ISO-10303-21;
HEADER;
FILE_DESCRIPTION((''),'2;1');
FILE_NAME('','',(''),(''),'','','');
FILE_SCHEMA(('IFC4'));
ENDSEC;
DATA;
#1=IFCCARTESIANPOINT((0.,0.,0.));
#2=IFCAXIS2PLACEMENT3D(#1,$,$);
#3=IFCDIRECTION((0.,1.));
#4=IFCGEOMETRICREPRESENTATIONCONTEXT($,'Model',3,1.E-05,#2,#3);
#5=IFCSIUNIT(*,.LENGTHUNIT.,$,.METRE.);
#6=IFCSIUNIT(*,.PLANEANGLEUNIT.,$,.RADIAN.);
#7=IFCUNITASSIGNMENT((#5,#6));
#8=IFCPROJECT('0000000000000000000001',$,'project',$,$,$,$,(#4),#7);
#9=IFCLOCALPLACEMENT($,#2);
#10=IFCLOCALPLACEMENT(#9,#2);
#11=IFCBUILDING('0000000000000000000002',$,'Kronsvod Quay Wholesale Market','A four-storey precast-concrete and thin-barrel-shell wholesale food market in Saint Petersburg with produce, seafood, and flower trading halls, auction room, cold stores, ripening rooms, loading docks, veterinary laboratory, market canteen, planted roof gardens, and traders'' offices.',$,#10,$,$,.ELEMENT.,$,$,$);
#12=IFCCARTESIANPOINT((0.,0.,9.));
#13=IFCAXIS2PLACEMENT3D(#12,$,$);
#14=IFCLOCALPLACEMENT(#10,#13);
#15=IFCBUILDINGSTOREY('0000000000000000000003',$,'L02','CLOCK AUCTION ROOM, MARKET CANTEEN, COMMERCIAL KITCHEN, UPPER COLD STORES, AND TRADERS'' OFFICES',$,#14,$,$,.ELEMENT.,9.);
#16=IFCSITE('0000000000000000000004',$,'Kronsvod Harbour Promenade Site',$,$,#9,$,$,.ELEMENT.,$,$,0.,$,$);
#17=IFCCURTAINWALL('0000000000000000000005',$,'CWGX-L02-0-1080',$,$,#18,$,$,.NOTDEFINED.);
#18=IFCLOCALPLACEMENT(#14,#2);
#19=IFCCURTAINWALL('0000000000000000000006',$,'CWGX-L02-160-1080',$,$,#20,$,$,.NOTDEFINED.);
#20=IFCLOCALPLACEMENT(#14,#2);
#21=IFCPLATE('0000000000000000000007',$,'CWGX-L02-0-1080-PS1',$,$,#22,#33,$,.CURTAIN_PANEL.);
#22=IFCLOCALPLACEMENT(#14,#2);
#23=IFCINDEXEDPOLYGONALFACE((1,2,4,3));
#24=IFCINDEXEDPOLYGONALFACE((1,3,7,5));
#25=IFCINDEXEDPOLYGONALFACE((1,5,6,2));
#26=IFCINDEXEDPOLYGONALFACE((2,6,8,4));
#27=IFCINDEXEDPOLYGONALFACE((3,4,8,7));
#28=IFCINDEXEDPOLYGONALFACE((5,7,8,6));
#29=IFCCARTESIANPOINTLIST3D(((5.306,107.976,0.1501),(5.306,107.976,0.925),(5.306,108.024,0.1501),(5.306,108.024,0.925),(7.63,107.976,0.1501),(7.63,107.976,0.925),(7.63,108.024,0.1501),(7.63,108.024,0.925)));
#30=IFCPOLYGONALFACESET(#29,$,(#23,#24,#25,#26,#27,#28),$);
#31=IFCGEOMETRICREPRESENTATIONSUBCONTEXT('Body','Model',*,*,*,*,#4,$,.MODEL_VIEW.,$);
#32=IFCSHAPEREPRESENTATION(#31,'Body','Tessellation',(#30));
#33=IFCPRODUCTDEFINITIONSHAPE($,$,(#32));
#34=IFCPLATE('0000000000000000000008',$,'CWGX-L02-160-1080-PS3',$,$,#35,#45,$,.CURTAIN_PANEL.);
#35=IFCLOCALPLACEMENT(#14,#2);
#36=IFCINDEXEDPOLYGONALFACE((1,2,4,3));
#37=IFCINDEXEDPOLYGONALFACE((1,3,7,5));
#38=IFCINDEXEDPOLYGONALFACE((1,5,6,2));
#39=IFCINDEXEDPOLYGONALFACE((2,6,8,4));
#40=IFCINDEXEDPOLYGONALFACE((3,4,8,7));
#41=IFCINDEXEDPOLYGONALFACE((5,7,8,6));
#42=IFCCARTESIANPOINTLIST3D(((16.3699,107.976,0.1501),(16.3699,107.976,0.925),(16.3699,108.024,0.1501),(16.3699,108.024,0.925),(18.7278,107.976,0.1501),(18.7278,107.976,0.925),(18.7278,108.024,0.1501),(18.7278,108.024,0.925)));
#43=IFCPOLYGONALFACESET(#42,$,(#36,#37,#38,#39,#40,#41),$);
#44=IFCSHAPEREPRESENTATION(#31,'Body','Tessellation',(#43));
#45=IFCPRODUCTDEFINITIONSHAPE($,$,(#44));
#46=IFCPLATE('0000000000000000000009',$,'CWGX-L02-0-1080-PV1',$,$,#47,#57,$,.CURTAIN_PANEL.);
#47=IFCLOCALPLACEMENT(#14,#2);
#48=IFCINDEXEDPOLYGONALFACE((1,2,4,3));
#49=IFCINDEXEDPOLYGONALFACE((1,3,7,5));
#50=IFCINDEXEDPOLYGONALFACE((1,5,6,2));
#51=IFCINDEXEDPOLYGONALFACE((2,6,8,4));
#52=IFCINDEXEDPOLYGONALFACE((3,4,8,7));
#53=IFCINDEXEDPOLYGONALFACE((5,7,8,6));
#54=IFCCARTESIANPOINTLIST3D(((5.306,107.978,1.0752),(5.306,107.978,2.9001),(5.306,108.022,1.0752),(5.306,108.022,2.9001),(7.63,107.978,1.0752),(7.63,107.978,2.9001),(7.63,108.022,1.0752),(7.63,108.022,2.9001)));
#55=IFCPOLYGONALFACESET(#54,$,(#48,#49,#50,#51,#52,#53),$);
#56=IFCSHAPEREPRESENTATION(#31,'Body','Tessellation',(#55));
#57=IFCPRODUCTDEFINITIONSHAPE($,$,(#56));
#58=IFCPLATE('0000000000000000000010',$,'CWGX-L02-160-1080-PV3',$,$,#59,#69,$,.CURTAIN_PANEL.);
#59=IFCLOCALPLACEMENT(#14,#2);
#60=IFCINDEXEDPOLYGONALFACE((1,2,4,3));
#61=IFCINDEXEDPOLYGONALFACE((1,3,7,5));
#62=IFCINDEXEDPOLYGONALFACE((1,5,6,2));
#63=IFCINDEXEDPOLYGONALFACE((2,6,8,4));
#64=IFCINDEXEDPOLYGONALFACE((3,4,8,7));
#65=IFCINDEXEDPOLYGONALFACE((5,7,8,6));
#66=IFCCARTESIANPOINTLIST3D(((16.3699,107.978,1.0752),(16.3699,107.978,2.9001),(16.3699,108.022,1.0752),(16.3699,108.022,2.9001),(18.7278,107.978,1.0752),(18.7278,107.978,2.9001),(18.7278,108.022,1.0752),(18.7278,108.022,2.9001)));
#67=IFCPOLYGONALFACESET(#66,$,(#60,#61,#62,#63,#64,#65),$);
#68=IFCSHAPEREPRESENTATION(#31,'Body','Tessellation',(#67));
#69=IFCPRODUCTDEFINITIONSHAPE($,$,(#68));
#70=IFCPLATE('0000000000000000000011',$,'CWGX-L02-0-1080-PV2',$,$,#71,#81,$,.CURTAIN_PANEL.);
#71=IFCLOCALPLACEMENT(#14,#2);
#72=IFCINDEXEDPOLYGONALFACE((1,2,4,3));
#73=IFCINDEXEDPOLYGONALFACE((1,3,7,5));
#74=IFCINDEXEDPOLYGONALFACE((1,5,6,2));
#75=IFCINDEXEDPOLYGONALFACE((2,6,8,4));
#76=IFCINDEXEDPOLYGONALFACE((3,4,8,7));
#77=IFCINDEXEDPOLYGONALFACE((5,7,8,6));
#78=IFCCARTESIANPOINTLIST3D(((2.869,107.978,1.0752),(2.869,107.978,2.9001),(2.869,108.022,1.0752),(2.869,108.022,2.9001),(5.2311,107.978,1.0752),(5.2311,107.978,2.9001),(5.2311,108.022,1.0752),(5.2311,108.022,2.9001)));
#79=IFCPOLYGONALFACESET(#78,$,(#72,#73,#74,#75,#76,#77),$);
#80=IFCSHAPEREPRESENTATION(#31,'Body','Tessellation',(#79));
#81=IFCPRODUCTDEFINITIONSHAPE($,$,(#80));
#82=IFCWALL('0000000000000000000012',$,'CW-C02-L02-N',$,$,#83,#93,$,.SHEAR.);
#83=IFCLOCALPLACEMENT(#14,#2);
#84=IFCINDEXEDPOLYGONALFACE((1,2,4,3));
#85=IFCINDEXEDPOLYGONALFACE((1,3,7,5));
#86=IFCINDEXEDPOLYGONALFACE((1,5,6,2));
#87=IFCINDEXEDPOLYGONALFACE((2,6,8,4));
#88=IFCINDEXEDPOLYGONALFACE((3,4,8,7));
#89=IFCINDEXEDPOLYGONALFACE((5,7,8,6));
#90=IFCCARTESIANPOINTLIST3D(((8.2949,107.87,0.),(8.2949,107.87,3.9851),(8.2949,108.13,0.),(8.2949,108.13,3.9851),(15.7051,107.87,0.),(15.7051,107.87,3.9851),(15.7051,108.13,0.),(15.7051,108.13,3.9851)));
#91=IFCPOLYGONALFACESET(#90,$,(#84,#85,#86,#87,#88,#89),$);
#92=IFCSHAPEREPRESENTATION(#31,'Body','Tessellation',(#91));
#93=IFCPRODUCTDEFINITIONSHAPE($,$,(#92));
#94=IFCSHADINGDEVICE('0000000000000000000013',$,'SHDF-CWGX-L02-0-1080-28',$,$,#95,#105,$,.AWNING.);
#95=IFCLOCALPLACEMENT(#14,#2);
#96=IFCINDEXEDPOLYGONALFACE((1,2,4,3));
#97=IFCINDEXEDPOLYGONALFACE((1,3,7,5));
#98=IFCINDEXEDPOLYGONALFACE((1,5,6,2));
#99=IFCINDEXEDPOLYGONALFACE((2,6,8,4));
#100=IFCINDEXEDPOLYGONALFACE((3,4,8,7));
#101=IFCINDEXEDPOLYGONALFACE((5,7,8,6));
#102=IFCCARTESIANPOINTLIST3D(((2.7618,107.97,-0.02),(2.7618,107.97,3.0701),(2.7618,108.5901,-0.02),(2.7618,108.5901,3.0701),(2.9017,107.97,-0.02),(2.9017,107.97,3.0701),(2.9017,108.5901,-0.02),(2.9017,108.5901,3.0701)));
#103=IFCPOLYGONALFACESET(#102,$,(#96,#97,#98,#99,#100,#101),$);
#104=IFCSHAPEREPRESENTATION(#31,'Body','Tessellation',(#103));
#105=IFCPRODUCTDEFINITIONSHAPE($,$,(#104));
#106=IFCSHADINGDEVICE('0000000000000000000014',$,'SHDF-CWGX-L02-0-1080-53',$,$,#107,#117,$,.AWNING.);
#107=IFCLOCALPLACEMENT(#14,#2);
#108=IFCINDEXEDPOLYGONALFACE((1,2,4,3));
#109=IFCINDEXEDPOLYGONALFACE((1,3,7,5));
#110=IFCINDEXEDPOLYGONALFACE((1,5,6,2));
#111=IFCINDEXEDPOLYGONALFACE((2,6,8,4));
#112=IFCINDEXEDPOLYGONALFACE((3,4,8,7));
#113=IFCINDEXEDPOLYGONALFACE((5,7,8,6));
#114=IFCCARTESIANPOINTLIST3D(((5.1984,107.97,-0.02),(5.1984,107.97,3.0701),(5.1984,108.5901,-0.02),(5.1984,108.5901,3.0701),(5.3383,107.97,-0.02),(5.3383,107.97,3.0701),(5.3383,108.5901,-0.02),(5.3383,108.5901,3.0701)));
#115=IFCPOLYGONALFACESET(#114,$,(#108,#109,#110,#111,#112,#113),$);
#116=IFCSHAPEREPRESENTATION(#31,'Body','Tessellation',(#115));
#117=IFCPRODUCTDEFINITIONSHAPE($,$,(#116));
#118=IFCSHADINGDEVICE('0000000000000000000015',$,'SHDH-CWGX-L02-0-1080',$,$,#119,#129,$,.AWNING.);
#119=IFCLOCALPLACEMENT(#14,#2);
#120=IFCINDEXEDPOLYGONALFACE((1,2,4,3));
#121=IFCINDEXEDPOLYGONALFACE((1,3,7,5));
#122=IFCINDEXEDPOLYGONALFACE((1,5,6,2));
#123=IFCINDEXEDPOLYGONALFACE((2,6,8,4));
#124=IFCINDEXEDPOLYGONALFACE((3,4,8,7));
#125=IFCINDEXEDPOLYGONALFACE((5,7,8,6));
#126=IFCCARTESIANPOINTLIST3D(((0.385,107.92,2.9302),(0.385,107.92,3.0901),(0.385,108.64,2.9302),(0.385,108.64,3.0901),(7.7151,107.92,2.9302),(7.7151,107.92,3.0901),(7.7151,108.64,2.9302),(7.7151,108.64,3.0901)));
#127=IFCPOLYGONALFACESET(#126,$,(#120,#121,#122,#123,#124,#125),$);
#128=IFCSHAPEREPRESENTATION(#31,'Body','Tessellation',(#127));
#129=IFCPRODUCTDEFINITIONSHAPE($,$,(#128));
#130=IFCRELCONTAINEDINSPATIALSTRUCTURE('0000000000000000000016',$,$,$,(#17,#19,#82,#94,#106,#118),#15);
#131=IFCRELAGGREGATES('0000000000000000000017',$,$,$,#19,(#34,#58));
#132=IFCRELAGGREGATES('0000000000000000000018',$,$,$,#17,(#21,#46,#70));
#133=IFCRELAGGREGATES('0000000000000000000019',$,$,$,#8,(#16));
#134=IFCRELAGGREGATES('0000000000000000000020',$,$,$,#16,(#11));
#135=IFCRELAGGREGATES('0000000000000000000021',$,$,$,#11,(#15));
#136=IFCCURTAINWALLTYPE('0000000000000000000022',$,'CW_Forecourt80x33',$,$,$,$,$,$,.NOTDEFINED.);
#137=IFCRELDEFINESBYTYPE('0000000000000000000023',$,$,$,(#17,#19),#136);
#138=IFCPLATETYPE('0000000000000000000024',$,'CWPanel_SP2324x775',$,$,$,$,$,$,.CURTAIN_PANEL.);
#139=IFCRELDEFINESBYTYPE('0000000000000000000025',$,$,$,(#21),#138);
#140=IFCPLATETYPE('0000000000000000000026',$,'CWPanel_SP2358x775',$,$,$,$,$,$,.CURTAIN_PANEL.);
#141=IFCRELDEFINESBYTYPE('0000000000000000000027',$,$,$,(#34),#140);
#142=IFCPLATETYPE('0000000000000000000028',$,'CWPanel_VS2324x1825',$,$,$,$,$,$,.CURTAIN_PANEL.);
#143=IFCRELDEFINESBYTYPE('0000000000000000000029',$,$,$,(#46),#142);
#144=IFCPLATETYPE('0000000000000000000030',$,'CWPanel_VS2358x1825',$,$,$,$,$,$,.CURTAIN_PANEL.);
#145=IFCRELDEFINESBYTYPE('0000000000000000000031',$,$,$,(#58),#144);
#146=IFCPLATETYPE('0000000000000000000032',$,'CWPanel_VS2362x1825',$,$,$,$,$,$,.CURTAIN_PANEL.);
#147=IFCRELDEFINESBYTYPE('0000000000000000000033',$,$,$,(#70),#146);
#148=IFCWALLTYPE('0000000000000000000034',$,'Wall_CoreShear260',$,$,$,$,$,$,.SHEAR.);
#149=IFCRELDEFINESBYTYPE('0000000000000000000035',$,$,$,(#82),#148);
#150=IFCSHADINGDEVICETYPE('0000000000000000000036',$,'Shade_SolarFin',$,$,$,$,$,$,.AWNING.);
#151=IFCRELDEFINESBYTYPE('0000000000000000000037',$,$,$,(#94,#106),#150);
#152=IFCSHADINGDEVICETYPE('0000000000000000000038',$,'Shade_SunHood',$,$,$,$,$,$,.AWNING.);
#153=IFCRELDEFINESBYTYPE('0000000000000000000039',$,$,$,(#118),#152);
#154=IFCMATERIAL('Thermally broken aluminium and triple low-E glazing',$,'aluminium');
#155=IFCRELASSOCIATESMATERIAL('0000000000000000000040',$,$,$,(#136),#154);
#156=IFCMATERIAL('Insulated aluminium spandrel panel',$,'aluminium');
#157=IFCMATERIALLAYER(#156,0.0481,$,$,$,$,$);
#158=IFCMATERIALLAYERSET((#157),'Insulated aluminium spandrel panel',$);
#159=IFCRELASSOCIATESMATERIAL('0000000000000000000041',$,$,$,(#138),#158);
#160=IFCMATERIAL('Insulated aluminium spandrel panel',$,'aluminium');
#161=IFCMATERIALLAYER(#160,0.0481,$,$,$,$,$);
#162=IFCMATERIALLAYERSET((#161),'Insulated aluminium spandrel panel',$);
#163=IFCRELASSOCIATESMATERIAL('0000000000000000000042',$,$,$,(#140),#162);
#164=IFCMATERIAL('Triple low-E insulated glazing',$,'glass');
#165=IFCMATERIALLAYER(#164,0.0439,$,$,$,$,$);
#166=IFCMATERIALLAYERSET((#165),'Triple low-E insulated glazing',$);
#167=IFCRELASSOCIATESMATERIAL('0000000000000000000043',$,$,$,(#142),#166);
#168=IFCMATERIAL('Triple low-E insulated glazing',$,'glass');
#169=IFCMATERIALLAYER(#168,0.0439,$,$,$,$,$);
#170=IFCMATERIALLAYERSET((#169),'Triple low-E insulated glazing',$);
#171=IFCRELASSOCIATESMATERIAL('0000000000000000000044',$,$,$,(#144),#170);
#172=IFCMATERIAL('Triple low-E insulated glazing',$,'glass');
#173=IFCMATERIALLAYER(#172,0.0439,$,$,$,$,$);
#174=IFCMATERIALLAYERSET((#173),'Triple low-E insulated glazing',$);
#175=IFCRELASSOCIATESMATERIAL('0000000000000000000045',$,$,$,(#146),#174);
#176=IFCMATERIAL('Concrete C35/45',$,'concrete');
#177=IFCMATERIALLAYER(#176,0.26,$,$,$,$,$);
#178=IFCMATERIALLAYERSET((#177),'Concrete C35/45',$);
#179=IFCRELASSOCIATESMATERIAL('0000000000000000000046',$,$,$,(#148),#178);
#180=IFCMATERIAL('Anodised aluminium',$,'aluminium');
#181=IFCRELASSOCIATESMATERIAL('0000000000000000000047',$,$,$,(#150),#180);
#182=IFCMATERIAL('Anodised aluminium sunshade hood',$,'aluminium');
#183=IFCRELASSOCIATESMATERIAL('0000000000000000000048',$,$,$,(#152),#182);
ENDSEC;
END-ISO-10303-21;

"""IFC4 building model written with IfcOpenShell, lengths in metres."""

from ifc_helpers import new_model, si_unit, direction, frame, frame_2d, origin, origin_2d, place, context, subcontext, project, spatial, rectangle, extrude, material, layer, layer_set, type_object, element, aggregate, save


model = new_model("IFC4")

# Units and contexts
model_context = context("Model", 3, precision=1e-05, world=origin(), true_north=direction((0.0, 1.0)))
body_context = subcontext(model_context, "Body", "Model", "MODEL_VIEW")
ifc_project = project(units=[si_unit("LENGTHUNIT", "METRE"), si_unit("PLANEANGLEUNIT", "RADIAN")], contexts=[model_context])

# Site, building, storey
site_placement = place(None, origin())
site = spatial("IfcSite", under=ifc_project, at=site_placement, Name="Kronsvod Harbour Promenade Site", CompositionType="ELEMENT", RefElevation=0.0)
building_placement = place(site_placement, origin())
building = spatial("IfcBuilding", under=site, at=building_placement, Name="Kronsvod Quay Wholesale Market", Description="A four-storey precast-concrete and thin-barrel-shell wholesale food market in Saint Petersburg with produce, seafood, and flower trading halls, auction room, cold stores, ripening rooms, loading docks, veterinary laboratory, market canteen, planted roof gardens, and traders' offices.", CompositionType="ELEMENT")
storey_placement = place(building_placement, frame((0.0, 0.0, 9.0)))
storey = spatial("IfcBuildingStorey", under=building, at=storey_placement, Name="L02", Description="CLOCK AUCTION ROOM, MARKET CANTEEN, COMMERCIAL KITCHEN, UPPER COLD STORES, AND TRADERS' OFFICES", CompositionType="ELEMENT", Elevation=9.0)

# Curtain wall
ifc_material_1 = material(Name="Thermally broken aluminium and triple low-E glazing", Category="aluminium")
curtain_wall_type = type_object("IfcCurtainWallType", Name="CW_Forecourt80x33", PredefinedType="NOTDEFINED", material=ifc_material_1)
curtain_wall_1_placement = place(storey_placement, origin())
curtain_wall_1 = element("IfcCurtainWall", 1, at=curtain_wall_1_placement, inside=storey, type_object=curtain_wall_type, Name="CWGX-L02-0-1080", PredefinedType="NOTDEFINED")

# Curtain wall
curtain_wall_2_placement = place(storey_placement, origin())
curtain_wall_2 = element("IfcCurtainWall", 2, at=curtain_wall_2_placement, inside=storey, type_object=curtain_wall_type, Name="CWGX-L02-160-1080", PredefinedType="NOTDEFINED")

# Plates
ifc_material_2 = material(Name="Insulated aluminium spandrel panel", Category="aluminium")
ifc_layer_1 = layer(ifc_material_2, 0.0481)
ifc_layer_set_1 = layer_set([ifc_layer_1], Name="Insulated aluminium spandrel panel")
plate_type_1 = type_object("IfcPlateType", Name="CWPanel_SP2324x775", PredefinedType="CURTAIN_PANEL", material=ifc_layer_set_1)
plate_1_placement = place(storey_placement, frame((6.468, 108.0, 0.1501), z_axis=(0.0, 0.0, 1.0), x_axis=(-1.0, 0.0, 0.0)))
plate_1 = element("IfcPlate", 3, at=plate_1_placement, type_object=plate_type_1, Name="CWGX-L02-0-1080-PS1", PredefinedType="CURTAIN_PANEL", context=body_context, shape_type="SweptSolid", body=[
    extrude(rectangle(XDim=2.324, YDim=0.0481, at=origin_2d()), origin(), (0.0, 0.0, 1.0), 0.7749),
])
ifc_material_3 = material(Name="Insulated aluminium spandrel panel", Category="aluminium")
ifc_layer_2 = layer(ifc_material_3, 0.0481)
ifc_layer_set_2 = layer_set([ifc_layer_2], Name="Insulated aluminium spandrel panel")
plate_type_2 = type_object("IfcPlateType", Name="CWPanel_SP2358x775", PredefinedType="CURTAIN_PANEL", material=ifc_layer_set_2)
plate_2_placement = place(storey_placement, frame((17.5488, 108.0, 0.1501), z_axis=(0.0, 0.0, 1.0), x_axis=(-1.0, 0.0, 0.0)))
plate_2 = element("IfcPlate", 4, at=plate_2_placement, type_object=plate_type_2, Name="CWGX-L02-160-1080-PS3", PredefinedType="CURTAIN_PANEL", context=body_context, shape_type="SweptSolid", body=[
    extrude(rectangle(XDim=2.3579, YDim=0.0481, at=origin_2d()), origin(), (0.0, 0.0, 1.0), 0.7749),
])
ifc_material_4 = material(Name="Triple low-E insulated glazing", Category="glass")
ifc_layer_3 = layer(ifc_material_4, 0.0439)
ifc_layer_set_3 = layer_set([ifc_layer_3], Name="Triple low-E insulated glazing")
plate_type_3 = type_object("IfcPlateType", Name="CWPanel_VS2324x1825", PredefinedType="CURTAIN_PANEL", material=ifc_layer_set_3)
plate_3_placement = place(storey_placement, frame((6.468, 108.0, 1.0752), z_axis=(0.0, 0.0, 1.0), x_axis=(-1.0, 0.0, 0.0)))
plate_3 = element("IfcPlate", 5, at=plate_3_placement, type_object=plate_type_3, Name="CWGX-L02-0-1080-PV1", PredefinedType="CURTAIN_PANEL", context=body_context, shape_type="SweptSolid", body=[
    extrude(rectangle(XDim=2.324, YDim=0.0439, at=origin_2d()), origin(), (0.0, 0.0, 1.0), 1.825),
])
ifc_material_5 = material(Name="Triple low-E insulated glazing", Category="glass")
ifc_layer_4 = layer(ifc_material_5, 0.0439)
ifc_layer_set_4 = layer_set([ifc_layer_4], Name="Triple low-E insulated glazing")
plate_type_4 = type_object("IfcPlateType", Name="CWPanel_VS2358x1825", PredefinedType="CURTAIN_PANEL", material=ifc_layer_set_4)
plate_4_placement = place(storey_placement, frame((17.5488, 108.0, 1.0752), z_axis=(0.0, 0.0, 1.0), x_axis=(-1.0, 0.0, 0.0)))
plate_4 = element("IfcPlate", 6, at=plate_4_placement, type_object=plate_type_4, Name="CWGX-L02-160-1080-PV3", PredefinedType="CURTAIN_PANEL", context=body_context, shape_type="SweptSolid", body=[
    extrude(rectangle(XDim=2.3579, YDim=0.0439, at=origin_2d()), origin(), (0.0, 0.0, 1.0), 1.825),
])
aggregate(curtain_wall_2, [plate_2, plate_4])
ifc_material_6 = material(Name="Triple low-E insulated glazing", Category="glass")
ifc_layer_5 = layer(ifc_material_6, 0.0439)
ifc_layer_set_5 = layer_set([ifc_layer_5], Name="Triple low-E insulated glazing")
plate_type_5 = type_object("IfcPlateType", Name="CWPanel_VS2362x1825", PredefinedType="CURTAIN_PANEL", material=ifc_layer_set_5)
plate_5_placement = place(storey_placement, frame((4.05, 108.0, 1.0752), z_axis=(0.0, 0.0, 1.0), x_axis=(-1.0, 0.0, 0.0)))
plate_5 = element("IfcPlate", 7, at=plate_5_placement, type_object=plate_type_5, Name="CWGX-L02-0-1080-PV2", PredefinedType="CURTAIN_PANEL", context=body_context, shape_type="SweptSolid", body=[
    extrude(rectangle(XDim=2.3621, YDim=0.0439, at=origin_2d()), origin(), (0.0, 0.0, 1.0), 1.825),
])
aggregate(curtain_wall_1, [plate_1, plate_3, plate_5])

# Wall
ifc_material_7 = material(Name="Concrete C35/45", Category="concrete")
ifc_layer_6 = layer(ifc_material_7, 0.26)
ifc_layer_set_6 = layer_set([ifc_layer_6], Name="Concrete C35/45")
wall_type = type_object("IfcWallType", Name="Wall_CoreShear260", PredefinedType="SHEAR", material=ifc_layer_set_6)
wall_placement = place(storey_placement, frame((8.2949, 108.0, 0.0), z_axis=(0.0, 0.0, 1.0), x_axis=(1.0, 0.0, 0.0)))
element("IfcWall", 8, at=wall_placement, inside=storey, type_object=wall_type, Name="CW-C02-L02-N", PredefinedType="SHEAR", context=body_context, shape_type="SweptSolid", body=[
    extrude(rectangle(XDim=7.4102, YDim=0.26, at=frame_2d((3.7051, 0.0))), origin(), (0.0, 0.0, 1.0), 3.9851),
])

# Shading devices
ifc_material_8 = material(Name="Anodised aluminium", Category="aluminium")
shading_device_type_1 = type_object("IfcShadingDeviceType", Name="Shade_SolarFin", PredefinedType="AWNING", material=ifc_material_8)
for number, where, z_axis, x_axis, name in (
    (9, (2.8318, 108.28, -0.02), (0.0, 0.0, 1.0), (1.0, 0.0, 0.0), "SHDF-CWGX-L02-0-1080-28"),
    (10, (5.2683, 108.28, -0.02), (0.0, 0.0, 1.0), (1.0, 0.0, 0.0), "SHDF-CWGX-L02-0-1080-53"),
):
    element("IfcShadingDevice", number, at=place(storey_placement, frame(where, z_axis=z_axis, x_axis=x_axis)), inside=storey, type_object=shading_device_type_1, Name=name, PredefinedType="AWNING", context=body_context, shape_type="SweptSolid", body=[
        extrude(rectangle(XDim=0.1399, YDim=0.6201, at=origin_2d()), origin(), (0.0, 0.0, 1.0), 3.0901),
    ])
ifc_material_9 = material(Name="Anodised aluminium sunshade hood", Category="aluminium")
shading_device_type_2 = type_object("IfcShadingDeviceType", Name="Shade_SunHood", PredefinedType="AWNING", material=ifc_material_9)
shading_device_placement = place(storey_placement, frame((4.05, 108.28, 2.9302), z_axis=(0.0, 0.0, 1.0), x_axis=(1.0, 0.0, 0.0)))
element("IfcShadingDevice", 11, at=shading_device_placement, inside=storey, type_object=shading_device_type_2, Name="SHDH-CWGX-L02-0-1080", PredefinedType="AWNING", context=body_context, shape_type="SweptSolid", body=[
    extrude(rectangle(XDim=7.3301, YDim=0.72, at=origin_2d()), origin(), (0.0, 0.0, 1.0), 0.1599),
])

save(model, "model.ifc")
